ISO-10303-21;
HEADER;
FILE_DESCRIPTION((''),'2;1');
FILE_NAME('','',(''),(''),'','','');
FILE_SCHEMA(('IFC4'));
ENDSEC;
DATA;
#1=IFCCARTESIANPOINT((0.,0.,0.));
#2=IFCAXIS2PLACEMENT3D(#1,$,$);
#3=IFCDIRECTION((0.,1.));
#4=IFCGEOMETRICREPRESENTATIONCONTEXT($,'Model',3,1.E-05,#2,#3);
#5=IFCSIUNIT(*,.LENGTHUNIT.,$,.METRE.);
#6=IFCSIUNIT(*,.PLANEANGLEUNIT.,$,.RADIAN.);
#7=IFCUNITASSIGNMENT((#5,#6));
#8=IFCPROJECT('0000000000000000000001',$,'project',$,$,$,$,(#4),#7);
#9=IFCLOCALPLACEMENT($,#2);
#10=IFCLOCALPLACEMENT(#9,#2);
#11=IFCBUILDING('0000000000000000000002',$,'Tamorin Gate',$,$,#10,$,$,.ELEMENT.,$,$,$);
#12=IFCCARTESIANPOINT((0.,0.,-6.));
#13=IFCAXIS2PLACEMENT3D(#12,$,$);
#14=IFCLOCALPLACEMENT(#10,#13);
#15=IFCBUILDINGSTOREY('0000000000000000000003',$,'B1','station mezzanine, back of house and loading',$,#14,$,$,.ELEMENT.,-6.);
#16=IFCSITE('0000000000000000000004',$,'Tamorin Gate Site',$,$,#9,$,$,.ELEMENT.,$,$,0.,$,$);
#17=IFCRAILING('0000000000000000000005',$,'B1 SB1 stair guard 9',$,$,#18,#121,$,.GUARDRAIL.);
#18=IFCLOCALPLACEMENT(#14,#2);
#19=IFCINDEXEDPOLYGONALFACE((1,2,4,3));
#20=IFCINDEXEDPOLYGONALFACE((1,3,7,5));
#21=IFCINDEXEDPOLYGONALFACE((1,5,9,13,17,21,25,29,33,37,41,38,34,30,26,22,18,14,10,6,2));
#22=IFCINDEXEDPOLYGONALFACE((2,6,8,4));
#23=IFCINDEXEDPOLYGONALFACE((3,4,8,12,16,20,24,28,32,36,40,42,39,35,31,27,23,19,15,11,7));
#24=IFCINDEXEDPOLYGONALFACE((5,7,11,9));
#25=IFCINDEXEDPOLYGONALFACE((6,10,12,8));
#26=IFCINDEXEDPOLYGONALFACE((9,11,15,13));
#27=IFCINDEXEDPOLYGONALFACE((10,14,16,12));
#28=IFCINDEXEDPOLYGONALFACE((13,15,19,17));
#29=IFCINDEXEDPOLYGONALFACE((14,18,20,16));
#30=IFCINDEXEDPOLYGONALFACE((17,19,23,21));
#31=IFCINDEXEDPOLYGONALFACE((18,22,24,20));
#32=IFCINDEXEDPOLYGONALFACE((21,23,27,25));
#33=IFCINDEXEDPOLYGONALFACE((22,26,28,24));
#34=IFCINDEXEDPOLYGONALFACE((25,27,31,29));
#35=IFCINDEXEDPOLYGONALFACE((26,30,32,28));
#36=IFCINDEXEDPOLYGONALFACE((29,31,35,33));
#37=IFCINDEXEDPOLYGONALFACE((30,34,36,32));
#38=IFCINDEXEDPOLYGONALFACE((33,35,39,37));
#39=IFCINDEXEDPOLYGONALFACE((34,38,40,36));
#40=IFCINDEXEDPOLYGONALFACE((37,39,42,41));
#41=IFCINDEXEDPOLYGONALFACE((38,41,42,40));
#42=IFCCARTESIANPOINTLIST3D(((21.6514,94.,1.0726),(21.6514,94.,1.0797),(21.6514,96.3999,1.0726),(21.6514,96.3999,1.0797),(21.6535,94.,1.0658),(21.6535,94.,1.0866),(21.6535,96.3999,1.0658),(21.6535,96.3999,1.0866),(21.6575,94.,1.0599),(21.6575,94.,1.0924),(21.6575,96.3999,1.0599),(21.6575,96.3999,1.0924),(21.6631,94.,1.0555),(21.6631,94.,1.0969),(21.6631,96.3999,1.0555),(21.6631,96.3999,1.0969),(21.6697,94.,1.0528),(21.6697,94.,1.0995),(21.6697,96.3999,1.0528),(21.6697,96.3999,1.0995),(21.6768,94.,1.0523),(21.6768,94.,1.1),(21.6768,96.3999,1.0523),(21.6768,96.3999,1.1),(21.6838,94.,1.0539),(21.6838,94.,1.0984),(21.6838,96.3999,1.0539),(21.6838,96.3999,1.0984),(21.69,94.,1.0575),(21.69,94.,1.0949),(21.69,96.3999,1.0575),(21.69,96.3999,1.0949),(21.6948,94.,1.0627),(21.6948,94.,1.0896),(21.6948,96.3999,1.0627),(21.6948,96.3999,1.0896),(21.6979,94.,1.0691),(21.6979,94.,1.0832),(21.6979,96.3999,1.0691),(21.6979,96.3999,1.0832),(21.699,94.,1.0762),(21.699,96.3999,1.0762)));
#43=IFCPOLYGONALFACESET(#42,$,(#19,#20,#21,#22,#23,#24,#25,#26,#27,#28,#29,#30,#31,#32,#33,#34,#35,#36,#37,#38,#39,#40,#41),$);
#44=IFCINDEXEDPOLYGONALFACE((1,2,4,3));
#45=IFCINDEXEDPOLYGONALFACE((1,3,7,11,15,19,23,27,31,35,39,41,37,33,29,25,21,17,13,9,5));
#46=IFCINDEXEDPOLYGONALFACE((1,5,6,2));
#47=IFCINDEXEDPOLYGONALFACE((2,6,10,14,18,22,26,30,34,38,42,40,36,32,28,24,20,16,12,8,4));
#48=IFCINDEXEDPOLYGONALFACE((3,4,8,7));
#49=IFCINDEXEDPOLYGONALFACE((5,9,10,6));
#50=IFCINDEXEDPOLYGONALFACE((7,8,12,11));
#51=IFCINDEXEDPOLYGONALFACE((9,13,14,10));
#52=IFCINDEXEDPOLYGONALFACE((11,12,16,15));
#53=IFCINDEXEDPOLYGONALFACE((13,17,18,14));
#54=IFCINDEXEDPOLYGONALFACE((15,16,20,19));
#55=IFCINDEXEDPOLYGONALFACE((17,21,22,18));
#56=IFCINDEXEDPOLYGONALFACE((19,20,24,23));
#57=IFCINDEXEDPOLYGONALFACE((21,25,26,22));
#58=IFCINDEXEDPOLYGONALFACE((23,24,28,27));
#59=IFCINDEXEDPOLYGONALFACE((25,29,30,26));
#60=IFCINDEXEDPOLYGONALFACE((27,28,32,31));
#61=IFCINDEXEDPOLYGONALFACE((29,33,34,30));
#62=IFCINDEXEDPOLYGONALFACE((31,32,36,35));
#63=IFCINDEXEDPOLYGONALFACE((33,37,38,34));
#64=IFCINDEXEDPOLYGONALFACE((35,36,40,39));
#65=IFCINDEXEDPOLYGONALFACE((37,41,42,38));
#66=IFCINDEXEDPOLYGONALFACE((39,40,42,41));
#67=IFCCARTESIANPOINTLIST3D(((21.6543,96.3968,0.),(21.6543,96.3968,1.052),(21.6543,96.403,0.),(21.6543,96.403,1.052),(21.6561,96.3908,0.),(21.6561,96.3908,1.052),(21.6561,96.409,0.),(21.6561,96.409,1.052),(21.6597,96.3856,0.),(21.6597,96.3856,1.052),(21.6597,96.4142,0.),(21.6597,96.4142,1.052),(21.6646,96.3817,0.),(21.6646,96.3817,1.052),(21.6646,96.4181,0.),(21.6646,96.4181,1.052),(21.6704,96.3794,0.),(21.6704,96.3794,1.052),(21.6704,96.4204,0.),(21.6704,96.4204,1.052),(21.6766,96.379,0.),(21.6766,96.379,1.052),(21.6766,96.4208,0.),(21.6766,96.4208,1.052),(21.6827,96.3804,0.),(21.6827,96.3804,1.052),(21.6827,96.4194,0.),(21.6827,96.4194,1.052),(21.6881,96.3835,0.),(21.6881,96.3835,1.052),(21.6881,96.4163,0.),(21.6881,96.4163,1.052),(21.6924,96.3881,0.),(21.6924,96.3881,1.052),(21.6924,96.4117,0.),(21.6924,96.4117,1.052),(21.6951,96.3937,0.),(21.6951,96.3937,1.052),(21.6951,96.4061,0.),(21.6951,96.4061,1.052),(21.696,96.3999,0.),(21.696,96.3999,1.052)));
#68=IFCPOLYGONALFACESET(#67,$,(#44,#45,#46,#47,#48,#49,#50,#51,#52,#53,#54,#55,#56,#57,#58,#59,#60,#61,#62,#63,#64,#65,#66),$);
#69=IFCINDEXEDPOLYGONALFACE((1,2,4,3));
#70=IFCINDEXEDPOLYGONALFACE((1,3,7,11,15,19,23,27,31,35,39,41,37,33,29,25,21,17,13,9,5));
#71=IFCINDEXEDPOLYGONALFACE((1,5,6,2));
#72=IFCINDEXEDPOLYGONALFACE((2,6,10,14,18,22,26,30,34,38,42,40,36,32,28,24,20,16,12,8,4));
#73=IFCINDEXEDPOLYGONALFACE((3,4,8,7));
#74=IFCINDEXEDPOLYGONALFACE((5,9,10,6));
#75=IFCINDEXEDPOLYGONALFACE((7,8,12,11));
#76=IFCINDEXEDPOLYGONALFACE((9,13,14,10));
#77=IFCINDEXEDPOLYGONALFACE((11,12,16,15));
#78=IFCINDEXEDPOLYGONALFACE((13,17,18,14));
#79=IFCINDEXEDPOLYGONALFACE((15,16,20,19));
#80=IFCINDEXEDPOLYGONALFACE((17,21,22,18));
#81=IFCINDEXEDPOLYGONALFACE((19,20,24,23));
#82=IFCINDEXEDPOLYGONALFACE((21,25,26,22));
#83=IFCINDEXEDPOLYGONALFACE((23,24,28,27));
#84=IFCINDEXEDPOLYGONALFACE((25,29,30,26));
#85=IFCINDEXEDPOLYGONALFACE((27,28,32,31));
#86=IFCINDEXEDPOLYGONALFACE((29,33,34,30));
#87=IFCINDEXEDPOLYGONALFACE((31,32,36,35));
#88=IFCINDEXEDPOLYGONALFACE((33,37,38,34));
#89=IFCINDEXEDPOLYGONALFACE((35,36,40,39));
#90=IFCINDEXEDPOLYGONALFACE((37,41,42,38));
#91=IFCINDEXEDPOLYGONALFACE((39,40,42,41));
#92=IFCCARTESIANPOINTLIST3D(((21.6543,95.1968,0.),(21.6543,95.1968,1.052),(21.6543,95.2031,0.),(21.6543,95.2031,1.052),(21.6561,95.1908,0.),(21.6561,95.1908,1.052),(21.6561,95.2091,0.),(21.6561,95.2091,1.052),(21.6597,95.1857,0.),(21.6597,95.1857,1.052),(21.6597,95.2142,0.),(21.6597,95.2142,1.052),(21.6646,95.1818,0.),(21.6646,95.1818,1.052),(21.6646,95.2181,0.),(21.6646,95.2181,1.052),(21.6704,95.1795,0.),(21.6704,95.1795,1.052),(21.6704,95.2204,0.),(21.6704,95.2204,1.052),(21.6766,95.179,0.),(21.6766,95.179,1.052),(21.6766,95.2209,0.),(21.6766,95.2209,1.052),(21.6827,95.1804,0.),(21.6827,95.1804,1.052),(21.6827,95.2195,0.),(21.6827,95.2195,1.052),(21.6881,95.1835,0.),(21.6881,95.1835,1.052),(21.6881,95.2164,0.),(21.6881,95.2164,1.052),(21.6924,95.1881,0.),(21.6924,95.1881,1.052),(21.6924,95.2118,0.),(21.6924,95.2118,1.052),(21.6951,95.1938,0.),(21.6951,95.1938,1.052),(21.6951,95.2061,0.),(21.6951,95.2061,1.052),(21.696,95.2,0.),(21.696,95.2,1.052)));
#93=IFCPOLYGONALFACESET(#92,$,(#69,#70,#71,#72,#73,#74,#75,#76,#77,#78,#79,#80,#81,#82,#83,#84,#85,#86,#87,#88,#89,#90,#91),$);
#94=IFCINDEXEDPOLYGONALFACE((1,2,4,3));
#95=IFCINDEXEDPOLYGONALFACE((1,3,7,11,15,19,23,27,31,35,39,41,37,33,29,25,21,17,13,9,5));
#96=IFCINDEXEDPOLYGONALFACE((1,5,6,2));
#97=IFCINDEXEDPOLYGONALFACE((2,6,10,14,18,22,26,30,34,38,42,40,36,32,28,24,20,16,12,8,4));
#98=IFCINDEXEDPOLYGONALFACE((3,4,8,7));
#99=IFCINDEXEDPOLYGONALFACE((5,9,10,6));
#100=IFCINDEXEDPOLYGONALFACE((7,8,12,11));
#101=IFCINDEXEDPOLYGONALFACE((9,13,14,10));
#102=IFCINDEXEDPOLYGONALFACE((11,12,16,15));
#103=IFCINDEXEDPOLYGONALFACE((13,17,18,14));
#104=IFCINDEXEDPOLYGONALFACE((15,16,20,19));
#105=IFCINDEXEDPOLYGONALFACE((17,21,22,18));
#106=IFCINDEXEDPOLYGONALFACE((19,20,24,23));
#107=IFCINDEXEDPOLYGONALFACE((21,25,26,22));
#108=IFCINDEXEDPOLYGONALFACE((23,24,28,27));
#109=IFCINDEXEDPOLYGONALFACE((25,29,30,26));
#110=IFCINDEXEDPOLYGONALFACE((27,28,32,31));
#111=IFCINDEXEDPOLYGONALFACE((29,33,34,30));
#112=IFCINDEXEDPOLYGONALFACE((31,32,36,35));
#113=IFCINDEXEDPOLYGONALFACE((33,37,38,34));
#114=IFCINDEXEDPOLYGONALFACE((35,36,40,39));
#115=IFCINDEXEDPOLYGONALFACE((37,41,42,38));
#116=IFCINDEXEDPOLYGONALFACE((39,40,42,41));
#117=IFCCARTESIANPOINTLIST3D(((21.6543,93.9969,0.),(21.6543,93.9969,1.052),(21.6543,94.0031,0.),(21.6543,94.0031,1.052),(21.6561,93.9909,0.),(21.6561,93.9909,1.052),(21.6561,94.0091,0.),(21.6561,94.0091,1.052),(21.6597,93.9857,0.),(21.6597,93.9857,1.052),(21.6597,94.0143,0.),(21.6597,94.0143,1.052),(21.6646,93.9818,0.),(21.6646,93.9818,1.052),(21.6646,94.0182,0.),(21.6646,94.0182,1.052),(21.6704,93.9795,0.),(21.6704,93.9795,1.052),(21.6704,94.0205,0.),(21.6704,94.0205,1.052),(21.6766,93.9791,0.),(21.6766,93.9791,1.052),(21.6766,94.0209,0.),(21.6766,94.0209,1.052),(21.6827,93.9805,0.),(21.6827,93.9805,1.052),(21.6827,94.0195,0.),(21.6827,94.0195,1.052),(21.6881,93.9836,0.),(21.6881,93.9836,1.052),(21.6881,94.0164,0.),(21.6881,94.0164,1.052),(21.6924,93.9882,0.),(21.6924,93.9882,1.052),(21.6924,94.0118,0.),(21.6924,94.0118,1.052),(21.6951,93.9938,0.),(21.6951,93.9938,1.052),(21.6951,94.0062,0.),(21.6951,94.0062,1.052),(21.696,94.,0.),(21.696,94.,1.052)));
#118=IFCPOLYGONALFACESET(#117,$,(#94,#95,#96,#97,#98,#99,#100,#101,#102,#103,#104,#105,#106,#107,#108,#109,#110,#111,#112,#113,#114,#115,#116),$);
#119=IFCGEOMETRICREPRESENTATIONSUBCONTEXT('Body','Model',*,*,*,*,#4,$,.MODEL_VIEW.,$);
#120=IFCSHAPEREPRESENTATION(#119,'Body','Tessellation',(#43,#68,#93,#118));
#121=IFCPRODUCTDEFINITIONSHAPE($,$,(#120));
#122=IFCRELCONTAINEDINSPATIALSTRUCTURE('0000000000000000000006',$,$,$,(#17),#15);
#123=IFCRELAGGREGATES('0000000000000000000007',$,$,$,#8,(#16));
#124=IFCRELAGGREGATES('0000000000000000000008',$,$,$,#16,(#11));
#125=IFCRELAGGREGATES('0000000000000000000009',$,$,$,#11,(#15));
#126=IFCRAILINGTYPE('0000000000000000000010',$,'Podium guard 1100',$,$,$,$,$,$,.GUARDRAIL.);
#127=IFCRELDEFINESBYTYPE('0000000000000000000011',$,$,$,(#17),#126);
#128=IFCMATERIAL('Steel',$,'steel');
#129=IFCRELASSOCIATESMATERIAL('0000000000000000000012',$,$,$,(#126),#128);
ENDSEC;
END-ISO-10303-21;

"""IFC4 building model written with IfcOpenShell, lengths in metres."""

from ifc_helpers import new_model, si_unit, direction, frame, origin, origin_2d, place, context, subcontext, project, spatial, circle, extrude, material, type_object, element, save


model = new_model("IFC4")

# Units and contexts
model_context = context("Model", 3, precision=1e-05, world=origin(), true_north=direction((0.0, 1.0)))
body_context = subcontext(model_context, "Body", "Model", "MODEL_VIEW")
ifc_project = project(units=[si_unit("LENGTHUNIT", "METRE"), si_unit("PLANEANGLEUNIT", "RADIAN")], contexts=[model_context])

# Site, building, storey
site_placement = place(None, origin())
site = spatial("IfcSite", under=ifc_project, at=site_placement, Name="Tamorin Gate Site", CompositionType="ELEMENT", RefElevation=0.0)
building_placement = place(site_placement, origin())
building = spatial("IfcBuilding", under=site, at=building_placement, Name="Tamorin Gate", CompositionType="ELEMENT")
storey_placement = place(building_placement, frame((0.0, 0.0, -6.0)))
storey = spatial("IfcBuildingStorey", under=building, at=storey_placement, Name="B1", Description="station mezzanine, back of house and loading", CompositionType="ELEMENT", Elevation=-6.0)

# Railing
ifc_material_1 = material(Name="Steel", Category="steel")
railing_type_1 = type_object("IfcRailingType", Name="Podium guard 1100", PredefinedType="GUARDRAIL", material=ifc_material_1)
for number, where, name in (
    (1, (21.675, 96.3999, 0.0), "B1 SB1 stair guard 9"),
):
    element("IfcRailing", number, at=place(storey_placement, frame(where)), inside=storey, type_object=railing_type_1, Name=name, PredefinedType="GUARDRAIL", context=body_context, shape_type="SweptSolid", body=[
        extrude(circle(Radius=0.0239, at=origin_2d()), frame((0.0, 0.0, 1.0762), z_axis=(0.0, -1.0, 0.0), x_axis=(1.0, 0.0, 0.0)), (0.0, 0.0, 1.0), 2.3999),
        extrude(circle(Radius=0.021, at=origin_2d()), origin(), (0.0, 0.0, 1.0), 1.052),
        extrude(circle(Radius=0.021, at=origin_2d()), frame((0.0, -1.2, 0.0)), (0.0, 0.0, 1.0), 1.052),
        extrude(circle(Radius=0.021, at=origin_2d()), frame((0.0, -2.3999, 0.0)), (0.0, 0.0, 1.0), 1.052),
    ])

save(model, "model.ifc")
